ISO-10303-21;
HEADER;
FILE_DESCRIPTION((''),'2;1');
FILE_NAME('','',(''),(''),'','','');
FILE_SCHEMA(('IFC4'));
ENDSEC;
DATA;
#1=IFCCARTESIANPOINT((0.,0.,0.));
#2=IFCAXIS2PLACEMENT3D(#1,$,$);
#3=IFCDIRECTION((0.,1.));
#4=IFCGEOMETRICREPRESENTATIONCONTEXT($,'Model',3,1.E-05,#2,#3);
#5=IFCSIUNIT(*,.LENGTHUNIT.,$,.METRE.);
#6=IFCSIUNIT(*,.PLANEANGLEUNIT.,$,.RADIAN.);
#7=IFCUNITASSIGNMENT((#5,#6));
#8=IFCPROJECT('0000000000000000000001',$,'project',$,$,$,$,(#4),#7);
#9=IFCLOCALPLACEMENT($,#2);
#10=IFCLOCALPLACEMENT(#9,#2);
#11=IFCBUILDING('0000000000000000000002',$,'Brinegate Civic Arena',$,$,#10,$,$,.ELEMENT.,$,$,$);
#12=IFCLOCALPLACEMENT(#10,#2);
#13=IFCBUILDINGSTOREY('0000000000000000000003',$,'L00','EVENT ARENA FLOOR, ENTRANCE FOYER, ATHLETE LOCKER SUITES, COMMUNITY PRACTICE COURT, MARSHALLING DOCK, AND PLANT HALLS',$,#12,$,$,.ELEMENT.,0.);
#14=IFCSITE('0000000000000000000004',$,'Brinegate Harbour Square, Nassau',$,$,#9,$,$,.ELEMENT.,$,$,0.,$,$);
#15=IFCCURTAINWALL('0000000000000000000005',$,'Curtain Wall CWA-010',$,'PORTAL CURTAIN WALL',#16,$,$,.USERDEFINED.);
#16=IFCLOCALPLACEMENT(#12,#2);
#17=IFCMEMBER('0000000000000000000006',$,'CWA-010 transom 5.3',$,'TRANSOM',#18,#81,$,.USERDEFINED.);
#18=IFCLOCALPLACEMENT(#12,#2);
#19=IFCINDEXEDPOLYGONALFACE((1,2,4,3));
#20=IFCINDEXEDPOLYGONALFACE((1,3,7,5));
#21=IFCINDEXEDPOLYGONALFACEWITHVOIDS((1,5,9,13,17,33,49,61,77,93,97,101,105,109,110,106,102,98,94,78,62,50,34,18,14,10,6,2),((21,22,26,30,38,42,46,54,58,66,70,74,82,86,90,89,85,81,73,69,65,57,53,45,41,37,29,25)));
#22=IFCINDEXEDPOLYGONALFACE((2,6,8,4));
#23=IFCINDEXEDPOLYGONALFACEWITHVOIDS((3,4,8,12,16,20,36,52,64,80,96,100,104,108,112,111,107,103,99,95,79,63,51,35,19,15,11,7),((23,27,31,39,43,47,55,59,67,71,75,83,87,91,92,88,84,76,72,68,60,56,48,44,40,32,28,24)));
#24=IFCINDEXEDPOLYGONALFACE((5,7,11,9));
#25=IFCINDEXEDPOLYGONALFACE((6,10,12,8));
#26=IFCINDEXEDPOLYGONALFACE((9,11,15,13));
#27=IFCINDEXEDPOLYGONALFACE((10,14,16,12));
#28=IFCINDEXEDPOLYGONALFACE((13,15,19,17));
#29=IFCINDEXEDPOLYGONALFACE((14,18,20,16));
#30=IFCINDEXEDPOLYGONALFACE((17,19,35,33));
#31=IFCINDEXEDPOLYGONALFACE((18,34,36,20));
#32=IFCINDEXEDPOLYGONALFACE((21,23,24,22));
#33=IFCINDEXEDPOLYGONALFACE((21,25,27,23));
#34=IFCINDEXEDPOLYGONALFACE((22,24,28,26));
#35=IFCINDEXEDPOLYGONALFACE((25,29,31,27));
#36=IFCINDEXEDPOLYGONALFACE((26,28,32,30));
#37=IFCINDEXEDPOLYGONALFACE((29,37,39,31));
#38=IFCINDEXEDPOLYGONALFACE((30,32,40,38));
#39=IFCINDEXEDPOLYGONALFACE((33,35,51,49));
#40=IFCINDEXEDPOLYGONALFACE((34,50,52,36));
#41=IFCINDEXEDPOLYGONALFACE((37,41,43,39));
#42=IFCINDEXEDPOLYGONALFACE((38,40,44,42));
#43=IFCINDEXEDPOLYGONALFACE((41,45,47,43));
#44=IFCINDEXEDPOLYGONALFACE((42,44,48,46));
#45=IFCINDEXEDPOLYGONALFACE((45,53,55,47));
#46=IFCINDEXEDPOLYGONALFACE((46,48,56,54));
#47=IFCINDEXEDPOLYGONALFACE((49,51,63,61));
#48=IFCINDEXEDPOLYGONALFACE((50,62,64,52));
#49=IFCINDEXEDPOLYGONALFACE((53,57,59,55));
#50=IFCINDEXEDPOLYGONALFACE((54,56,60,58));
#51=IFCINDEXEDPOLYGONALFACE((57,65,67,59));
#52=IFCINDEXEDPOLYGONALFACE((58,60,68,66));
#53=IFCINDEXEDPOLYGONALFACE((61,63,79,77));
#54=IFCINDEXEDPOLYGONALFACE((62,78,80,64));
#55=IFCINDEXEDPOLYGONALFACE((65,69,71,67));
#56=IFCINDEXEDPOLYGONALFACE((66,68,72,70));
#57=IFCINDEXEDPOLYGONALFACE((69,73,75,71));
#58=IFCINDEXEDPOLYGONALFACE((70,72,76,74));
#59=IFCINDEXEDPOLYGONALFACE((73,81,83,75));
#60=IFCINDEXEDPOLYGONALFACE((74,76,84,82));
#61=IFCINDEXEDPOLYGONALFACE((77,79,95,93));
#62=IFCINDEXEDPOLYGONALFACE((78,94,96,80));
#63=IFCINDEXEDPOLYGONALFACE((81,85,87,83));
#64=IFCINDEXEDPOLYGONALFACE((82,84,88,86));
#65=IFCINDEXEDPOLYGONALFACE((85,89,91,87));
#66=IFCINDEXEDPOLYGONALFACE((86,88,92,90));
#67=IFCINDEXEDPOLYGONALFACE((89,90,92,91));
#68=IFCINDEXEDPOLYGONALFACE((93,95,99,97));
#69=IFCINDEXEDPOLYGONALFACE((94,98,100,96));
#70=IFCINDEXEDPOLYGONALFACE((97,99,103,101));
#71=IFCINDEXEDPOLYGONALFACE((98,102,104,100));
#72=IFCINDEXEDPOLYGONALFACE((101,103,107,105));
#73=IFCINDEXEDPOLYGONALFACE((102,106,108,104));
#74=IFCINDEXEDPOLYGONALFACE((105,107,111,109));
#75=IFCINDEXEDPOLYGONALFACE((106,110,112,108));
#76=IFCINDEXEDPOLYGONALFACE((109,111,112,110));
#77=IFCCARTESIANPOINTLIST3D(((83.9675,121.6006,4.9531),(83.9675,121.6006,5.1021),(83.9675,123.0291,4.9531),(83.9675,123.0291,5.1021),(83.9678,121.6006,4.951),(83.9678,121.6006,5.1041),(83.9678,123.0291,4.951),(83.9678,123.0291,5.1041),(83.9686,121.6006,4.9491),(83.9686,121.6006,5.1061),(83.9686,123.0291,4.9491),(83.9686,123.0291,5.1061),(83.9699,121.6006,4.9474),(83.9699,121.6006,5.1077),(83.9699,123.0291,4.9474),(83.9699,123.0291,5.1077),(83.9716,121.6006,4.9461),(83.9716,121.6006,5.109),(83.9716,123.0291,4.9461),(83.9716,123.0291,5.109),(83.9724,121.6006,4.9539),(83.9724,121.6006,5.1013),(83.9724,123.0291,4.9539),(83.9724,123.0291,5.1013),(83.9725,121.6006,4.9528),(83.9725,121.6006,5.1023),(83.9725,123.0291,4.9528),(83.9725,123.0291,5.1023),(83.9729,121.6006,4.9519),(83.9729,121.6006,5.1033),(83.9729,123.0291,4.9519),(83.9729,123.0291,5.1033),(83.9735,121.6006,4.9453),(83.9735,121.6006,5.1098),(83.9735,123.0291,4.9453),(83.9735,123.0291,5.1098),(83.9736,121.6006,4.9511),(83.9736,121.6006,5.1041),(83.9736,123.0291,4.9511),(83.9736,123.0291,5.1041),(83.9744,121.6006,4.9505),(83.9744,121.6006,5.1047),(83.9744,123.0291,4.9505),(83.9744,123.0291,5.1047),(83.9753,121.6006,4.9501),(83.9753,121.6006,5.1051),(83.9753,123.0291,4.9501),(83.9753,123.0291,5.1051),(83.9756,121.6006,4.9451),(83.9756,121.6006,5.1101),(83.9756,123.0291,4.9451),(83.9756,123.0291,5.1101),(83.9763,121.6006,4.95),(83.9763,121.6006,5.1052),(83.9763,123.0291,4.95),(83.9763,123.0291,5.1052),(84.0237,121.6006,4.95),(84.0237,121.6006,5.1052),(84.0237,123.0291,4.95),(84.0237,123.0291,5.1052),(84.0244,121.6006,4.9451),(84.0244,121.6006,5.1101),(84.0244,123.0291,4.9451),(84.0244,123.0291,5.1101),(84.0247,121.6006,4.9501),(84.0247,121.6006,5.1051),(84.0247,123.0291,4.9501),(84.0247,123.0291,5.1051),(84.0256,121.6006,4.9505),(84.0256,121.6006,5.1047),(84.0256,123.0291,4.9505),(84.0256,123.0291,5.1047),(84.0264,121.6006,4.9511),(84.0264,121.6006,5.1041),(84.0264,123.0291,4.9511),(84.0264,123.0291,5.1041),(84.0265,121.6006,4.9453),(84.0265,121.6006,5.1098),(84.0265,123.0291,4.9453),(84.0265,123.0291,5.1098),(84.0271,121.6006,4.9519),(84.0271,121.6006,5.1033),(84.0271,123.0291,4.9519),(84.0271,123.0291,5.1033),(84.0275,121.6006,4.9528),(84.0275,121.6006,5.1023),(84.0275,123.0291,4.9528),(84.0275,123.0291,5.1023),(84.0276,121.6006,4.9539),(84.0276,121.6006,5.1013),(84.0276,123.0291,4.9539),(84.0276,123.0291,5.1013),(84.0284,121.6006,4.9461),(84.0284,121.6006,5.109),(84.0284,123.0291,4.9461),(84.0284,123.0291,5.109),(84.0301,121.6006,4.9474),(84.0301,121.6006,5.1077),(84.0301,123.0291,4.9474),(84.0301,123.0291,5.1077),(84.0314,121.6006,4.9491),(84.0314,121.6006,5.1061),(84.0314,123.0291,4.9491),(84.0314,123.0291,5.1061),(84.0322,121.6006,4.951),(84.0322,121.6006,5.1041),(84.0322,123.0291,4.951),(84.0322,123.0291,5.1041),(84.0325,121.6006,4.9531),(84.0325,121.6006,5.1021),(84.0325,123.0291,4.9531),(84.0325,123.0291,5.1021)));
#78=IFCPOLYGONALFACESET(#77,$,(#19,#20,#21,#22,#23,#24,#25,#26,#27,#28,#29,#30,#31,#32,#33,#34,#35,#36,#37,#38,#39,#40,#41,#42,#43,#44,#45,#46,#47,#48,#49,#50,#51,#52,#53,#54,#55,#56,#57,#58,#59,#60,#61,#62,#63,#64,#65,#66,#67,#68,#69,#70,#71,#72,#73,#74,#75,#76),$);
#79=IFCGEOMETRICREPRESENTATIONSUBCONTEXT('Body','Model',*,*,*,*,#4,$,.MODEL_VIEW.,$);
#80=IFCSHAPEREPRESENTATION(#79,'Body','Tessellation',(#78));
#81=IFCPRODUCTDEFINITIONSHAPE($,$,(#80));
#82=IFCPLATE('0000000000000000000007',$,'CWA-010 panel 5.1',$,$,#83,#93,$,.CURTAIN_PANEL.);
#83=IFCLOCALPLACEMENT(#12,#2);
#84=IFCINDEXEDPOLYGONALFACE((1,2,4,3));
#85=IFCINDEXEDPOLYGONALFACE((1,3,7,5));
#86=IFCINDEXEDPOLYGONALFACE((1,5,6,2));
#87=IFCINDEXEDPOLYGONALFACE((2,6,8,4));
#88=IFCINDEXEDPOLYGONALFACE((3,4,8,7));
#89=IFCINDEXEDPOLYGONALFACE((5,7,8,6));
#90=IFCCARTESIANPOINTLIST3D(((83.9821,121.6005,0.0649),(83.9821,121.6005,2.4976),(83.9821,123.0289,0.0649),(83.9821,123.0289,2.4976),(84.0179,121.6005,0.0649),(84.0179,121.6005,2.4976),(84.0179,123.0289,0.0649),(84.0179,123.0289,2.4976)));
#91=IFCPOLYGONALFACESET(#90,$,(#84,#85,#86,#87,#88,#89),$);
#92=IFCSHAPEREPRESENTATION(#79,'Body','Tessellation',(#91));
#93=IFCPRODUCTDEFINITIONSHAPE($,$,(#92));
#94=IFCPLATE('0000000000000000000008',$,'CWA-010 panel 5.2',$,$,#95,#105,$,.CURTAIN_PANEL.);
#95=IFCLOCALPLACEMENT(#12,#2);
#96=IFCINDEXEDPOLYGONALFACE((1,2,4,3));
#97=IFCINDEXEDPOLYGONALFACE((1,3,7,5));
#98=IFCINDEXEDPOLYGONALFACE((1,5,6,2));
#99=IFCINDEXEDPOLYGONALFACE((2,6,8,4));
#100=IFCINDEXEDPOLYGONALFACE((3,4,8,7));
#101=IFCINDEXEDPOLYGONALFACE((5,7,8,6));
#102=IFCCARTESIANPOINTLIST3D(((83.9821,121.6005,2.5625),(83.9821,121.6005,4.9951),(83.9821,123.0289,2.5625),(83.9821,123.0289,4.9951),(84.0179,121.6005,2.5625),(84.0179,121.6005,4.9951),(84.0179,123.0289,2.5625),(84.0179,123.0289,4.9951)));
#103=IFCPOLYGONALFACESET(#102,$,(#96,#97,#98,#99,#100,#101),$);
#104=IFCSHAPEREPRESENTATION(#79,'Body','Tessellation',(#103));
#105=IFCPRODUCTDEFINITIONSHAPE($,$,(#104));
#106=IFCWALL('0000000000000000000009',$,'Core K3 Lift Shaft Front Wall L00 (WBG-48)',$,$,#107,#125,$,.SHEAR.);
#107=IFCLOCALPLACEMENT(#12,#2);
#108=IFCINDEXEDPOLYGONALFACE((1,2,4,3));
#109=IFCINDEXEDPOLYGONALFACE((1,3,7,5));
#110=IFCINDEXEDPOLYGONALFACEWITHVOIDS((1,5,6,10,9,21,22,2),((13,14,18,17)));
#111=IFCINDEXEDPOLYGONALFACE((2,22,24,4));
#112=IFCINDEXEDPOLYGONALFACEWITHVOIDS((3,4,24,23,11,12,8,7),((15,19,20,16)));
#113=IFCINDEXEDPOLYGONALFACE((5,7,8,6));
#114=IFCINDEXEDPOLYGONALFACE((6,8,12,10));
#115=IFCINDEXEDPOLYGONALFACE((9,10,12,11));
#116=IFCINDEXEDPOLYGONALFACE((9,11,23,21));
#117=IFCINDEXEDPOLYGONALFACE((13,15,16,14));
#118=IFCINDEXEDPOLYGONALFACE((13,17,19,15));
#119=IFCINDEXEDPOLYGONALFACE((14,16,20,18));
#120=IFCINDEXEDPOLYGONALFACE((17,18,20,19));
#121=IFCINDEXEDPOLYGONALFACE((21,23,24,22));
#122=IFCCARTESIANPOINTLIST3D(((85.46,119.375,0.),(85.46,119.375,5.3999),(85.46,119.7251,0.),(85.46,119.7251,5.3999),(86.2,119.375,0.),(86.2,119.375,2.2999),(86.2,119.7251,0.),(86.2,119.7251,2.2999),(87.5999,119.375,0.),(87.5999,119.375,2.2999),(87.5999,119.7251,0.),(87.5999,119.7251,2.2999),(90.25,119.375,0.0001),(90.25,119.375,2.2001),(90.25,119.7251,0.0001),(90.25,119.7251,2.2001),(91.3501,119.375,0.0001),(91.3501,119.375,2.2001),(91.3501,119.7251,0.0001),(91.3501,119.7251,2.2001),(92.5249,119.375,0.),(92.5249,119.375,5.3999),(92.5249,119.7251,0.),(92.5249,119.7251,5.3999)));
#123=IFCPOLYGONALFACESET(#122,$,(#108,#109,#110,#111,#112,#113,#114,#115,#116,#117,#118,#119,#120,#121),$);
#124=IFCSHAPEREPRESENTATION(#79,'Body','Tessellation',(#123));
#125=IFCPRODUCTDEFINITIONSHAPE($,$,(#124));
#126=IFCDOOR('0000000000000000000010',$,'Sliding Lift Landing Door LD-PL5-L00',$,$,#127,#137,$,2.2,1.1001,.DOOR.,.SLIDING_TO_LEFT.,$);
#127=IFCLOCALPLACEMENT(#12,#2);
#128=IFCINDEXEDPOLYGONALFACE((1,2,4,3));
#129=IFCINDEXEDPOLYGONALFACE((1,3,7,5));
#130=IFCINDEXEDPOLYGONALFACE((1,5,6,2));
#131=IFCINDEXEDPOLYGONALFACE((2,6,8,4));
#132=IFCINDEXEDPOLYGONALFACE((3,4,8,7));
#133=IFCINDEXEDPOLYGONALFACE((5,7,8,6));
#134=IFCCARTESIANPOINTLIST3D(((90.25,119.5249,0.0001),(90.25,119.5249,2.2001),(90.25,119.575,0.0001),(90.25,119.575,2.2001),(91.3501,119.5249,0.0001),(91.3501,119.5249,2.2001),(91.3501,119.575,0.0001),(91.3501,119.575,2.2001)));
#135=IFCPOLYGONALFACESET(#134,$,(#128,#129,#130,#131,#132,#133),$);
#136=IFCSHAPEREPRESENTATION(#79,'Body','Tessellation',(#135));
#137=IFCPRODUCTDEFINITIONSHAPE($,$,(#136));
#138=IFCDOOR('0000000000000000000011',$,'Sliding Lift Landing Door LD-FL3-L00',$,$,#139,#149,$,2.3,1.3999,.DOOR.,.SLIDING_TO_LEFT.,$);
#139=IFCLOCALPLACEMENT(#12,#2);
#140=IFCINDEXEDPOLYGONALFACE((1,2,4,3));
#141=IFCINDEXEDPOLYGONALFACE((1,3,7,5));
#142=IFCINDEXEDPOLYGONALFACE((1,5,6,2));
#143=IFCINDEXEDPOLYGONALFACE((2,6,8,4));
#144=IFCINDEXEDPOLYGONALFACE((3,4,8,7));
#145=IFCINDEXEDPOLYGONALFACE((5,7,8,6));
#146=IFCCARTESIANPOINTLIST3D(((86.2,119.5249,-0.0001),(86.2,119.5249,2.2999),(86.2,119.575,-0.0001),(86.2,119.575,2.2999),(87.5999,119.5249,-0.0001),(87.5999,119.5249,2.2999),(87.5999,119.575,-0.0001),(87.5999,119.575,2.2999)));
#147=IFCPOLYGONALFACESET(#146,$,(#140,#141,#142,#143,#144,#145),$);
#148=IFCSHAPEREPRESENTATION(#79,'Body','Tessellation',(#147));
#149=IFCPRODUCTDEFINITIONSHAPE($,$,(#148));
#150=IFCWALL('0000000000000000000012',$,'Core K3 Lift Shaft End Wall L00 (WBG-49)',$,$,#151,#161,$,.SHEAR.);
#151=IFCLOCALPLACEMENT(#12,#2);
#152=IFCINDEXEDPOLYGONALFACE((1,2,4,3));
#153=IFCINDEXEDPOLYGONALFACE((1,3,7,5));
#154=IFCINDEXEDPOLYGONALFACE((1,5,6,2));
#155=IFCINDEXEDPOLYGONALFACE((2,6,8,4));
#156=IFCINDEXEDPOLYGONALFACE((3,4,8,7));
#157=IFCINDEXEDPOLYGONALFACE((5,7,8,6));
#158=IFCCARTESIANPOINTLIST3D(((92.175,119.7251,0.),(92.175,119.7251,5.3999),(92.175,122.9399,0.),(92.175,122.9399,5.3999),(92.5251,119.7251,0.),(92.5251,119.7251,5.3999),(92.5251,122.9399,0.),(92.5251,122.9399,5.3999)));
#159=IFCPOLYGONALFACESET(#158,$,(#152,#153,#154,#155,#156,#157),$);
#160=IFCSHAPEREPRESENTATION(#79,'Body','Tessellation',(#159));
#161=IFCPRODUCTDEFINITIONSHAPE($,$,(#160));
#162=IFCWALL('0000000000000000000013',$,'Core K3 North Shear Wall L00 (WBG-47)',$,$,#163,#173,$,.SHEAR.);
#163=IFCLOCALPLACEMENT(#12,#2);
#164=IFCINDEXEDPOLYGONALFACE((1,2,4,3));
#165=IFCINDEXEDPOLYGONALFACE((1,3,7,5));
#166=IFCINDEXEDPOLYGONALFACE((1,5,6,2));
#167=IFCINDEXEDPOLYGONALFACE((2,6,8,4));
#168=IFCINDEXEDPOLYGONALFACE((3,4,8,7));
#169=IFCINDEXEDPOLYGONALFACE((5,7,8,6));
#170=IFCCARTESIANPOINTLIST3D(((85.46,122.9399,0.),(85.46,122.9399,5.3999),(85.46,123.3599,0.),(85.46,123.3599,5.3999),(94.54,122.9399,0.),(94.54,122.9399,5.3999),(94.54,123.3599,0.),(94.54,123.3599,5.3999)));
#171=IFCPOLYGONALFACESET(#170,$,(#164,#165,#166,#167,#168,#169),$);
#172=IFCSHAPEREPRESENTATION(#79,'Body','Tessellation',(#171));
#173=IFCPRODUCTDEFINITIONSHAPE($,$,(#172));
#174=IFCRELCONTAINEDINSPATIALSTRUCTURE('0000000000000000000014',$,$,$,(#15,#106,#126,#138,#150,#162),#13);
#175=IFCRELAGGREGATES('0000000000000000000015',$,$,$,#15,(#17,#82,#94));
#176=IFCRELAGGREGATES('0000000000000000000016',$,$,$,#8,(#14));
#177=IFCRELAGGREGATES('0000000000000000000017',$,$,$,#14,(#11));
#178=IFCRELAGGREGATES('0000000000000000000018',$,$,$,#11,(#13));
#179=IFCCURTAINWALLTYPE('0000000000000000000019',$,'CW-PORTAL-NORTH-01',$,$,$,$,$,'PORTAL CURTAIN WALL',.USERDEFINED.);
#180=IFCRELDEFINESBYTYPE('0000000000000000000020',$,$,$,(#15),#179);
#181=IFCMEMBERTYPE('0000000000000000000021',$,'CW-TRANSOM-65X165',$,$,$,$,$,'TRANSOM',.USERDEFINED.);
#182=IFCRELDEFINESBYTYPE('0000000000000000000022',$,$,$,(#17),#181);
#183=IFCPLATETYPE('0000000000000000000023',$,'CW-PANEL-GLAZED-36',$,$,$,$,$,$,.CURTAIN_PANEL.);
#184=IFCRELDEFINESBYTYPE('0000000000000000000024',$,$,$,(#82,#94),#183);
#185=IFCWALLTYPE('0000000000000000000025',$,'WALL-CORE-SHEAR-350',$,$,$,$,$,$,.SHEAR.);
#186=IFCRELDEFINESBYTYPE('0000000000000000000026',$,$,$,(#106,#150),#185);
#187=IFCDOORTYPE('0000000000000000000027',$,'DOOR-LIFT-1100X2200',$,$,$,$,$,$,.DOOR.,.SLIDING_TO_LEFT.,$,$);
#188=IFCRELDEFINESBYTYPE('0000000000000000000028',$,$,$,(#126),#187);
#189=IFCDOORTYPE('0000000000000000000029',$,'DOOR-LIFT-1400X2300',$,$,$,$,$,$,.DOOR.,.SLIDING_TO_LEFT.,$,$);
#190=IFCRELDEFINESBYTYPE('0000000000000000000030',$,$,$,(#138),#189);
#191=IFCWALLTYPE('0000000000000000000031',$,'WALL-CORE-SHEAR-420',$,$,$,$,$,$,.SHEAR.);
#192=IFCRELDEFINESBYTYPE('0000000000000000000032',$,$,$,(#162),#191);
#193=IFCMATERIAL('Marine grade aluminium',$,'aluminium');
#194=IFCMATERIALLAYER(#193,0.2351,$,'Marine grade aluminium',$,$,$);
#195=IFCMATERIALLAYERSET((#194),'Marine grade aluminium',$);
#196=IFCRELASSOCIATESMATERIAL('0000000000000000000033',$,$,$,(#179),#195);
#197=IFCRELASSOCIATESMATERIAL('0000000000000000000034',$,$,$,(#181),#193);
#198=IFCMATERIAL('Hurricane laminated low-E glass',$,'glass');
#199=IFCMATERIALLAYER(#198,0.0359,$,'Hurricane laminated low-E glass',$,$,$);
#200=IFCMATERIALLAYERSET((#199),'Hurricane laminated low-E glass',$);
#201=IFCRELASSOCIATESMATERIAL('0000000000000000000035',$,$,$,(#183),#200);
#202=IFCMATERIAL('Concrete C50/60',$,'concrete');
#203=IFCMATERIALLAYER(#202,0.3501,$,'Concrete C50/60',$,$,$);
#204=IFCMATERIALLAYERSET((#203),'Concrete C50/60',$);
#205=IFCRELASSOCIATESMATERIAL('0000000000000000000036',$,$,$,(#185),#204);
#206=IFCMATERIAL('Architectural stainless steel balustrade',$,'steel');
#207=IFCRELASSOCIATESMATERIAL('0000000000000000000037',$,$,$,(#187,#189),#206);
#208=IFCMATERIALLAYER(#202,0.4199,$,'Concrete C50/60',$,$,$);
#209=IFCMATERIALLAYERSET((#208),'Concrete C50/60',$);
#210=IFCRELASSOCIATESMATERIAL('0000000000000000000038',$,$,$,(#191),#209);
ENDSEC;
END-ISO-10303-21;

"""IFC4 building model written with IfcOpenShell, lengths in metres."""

from ifc_helpers import new_model, si_unit, direction, frame, frame_2d, origin, origin_2d, place, context, subcontext, project, spatial, rectangle, hollow_rectangle, extrude, material, layer, layer_set, material_profile, profile_set, type_object, element, fill, aggregate, save


model = new_model("IFC4")

# Units and contexts
model_context = context("Model", 3, precision=1e-05, world=origin(), true_north=direction((0.0, 1.0)))
body_context = subcontext(model_context, "Body", "Model", "MODEL_VIEW")
ifc_project = project(units=[si_unit("LENGTHUNIT", "METRE"), si_unit("PLANEANGLEUNIT", "RADIAN")], contexts=[model_context])

# Site, building, storey
site_placement = place(None, origin())
site = spatial("IfcSite", under=ifc_project, at=site_placement, Name="Brinegate Harbour Square, Nassau", CompositionType="ELEMENT", RefElevation=0.0)
building_placement = place(site_placement, origin())
building = spatial("IfcBuilding", under=site, at=building_placement, Name="Brinegate Civic Arena", CompositionType="ELEMENT")
storey_placement = place(building_placement, origin())
storey = spatial("IfcBuildingStorey", under=building, at=storey_placement, Name="L00", Description="EVENT ARENA FLOOR, ENTRANCE FOYER, ATHLETE LOCKER SUITES, COMMUNITY PRACTICE COURT, MARSHALLING DOCK, AND PLANT HALLS", CompositionType="ELEMENT", Elevation=0.0)

# Curtain wall, member, plates
ifc_material_1 = material(Name="Marine grade aluminium", Category="aluminium")
ifc_layer_1 = layer(ifc_material_1, 0.2351, Name="Marine grade aluminium")
ifc_layer_set_1 = layer_set([ifc_layer_1], Name="Marine grade aluminium")
curtain_wall_type = type_object("IfcCurtainWallType", Name="CW-PORTAL-NORTH-01", ElementType="PORTAL CURTAIN WALL", PredefinedType="USERDEFINED", material=ifc_layer_set_1)
curtain_wall_placement = place(storey_placement, origin())
curtain_wall = element("IfcCurtainWall", 1, at=curtain_wall_placement, inside=storey, type_object=curtain_wall_type, Name="Curtain Wall CWA-010", ObjectType="PORTAL CURTAIN WALL", PredefinedType="USERDEFINED")
ifc_material_profile_1 = material_profile(ifc_material_1, hollow_rectangle(XDim=0.0649, YDim=0.165, WallThickness=0.0049, InnerFilletRadius=0.0039, OuterFilletRadius=0.0081, at=origin_2d()), Name="TRN65X165")
ifc_profile_set_1 = profile_set([ifc_material_profile_1], Name="Marine grade aluminium")
member_type_1 = type_object("IfcMemberType", Name="CW-TRANSOM-65X165", ElementType="TRANSOM", PredefinedType="USERDEFINED", material=ifc_profile_set_1)
member_1_placement = place(storey_placement, frame((84.0, 121.6006, 5.0276), z_axis=(0.0, 1.0, 0.0), x_axis=(-1.0, 0.0, 0.0)))
member_1 = element("IfcMember", 2, at=member_1_placement, type_object=member_type_1, Name="CWA-010 transom 5.3", ObjectType="TRANSOM", PredefinedType="USERDEFINED", context=body_context, shape_type="SweptSolid", body=[
    extrude(hollow_rectangle(XDim=0.0649, YDim=0.165, WallThickness=0.0049, InnerFilletRadius=0.0039, OuterFilletRadius=0.0081, at=origin_2d()), origin(), (0.0, 0.0, 1.0), 1.4285),
])
ifc_material_2 = material(Name="Hurricane laminated low-E glass", Category="glass")
ifc_layer_2 = layer(ifc_material_2, 0.0359, Name="Hurricane laminated low-E glass")
ifc_layer_set_2 = layer_set([ifc_layer_2], Name="Hurricane laminated low-E glass")
plate_type = type_object("IfcPlateType", Name="CW-PANEL-GLAZED-36", PredefinedType="CURTAIN_PANEL", material=ifc_layer_set_2)
plate_1_placement = place(storey_placement, frame((84.0, 122.3147, 0.0649), z_axis=(0.0, 0.0, 1.0), x_axis=(0.0, 1.0, 0.0)))
plate_1 = element("IfcPlate", 3, at=plate_1_placement, type_object=plate_type, Name="CWA-010 panel 5.1", PredefinedType="CURTAIN_PANEL", context=body_context, shape_type="SweptSolid", body=[
    extrude(rectangle(XDim=1.4285, YDim=0.0359, at=origin_2d()), origin(), (0.0, 0.0, 1.0), 2.4326),
])
plate_2_placement = place(storey_placement, frame((84.0, 122.3147, 2.5625), z_axis=(0.0, 0.0, 1.0), x_axis=(0.0, 1.0, 0.0)))
plate_2 = element("IfcPlate", 4, at=plate_2_placement, type_object=plate_type, Name="CWA-010 panel 5.2", PredefinedType="CURTAIN_PANEL", context=body_context, shape_type="SweptSolid", body=[
    extrude(rectangle(XDim=1.4285, YDim=0.0359, at=origin_2d()), origin(), (0.0, 0.0, 1.0), 2.4326),
])
aggregate(curtain_wall, [member_1, plate_1, plate_2])

# Wall, openings, doors
ifc_material_3 = material(Name="Concrete C50/60", Category="concrete")
ifc_layer_3 = layer(ifc_material_3, 0.3501, Name="Concrete C50/60")
ifc_layer_set_3 = layer_set([ifc_layer_3], Name="Concrete C50/60")
wall_type_1 = type_object("IfcWallType", Name="WALL-CORE-SHEAR-350", PredefinedType="SHEAR", material=ifc_layer_set_3)
wall_1_placement = place(storey_placement, frame((85.46, 119.55, 0.0), z_axis=(0.0, 0.0, 1.0), x_axis=(1.0, 0.0, 0.0)))
wall_1 = element("IfcWall", 5, at=wall_1_placement, inside=storey, type_object=wall_type_1, Name="Core K3 Lift Shaft Front Wall L00 (WBG-48)", PredefinedType="SHEAR", context=body_context, shape_type="SweptSolid", body=[
    extrude(rectangle(XDim=7.0649, YDim=0.3501, at=frame_2d((3.5325, 0.0))), origin(), (0.0, 0.0, 1.0), 5.3999),
])
opening_1_placement = place(wall_1_placement, frame((0.74, 0.0, 0.0)))
opening_1 = element("IfcOpeningElement", 6, at=opening_1_placement, cuts=wall_1, PredefinedType="OPENING", context=body_context, shape_type="SweptSolid", body=[
    extrude(rectangle(XDim=1.3999, YDim=2.3, at=frame_2d((0.7, 1.1499))), frame((0.0, 0.1851, 0.0), z_axis=(0.0, -1.0, 0.0), x_axis=(1.0, 0.0, 0.0)), (0.0, 0.0, 1.0), 0.3701),
])
opening_2_placement = place(wall_1_placement, frame((4.79, 0.0, 0.0)))
opening_2 = element("IfcOpeningElement", 7, at=opening_2_placement, cuts=wall_1, PredefinedType="OPENING", context=body_context, shape_type="SweptSolid", body=[
    extrude(rectangle(XDim=1.1001, YDim=2.2, at=frame_2d((0.55, 1.1001))), frame((0.0, 0.1851, 0.0), z_axis=(0.0, -1.0, 0.0), x_axis=(1.0, 0.0, 0.0)), (0.0, 0.0, 1.0), 0.3701),
])
ifc_material_4 = material(Name="Architectural stainless steel balustrade", Category="steel")
door_type_1 = type_object("IfcDoorType", Name="DOOR-LIFT-1100X2200", OperationType="SLIDING_TO_LEFT", PredefinedType="DOOR", material=ifc_material_4)
door_1_placement = place(opening_2_placement, origin())
door_1 = element("IfcDoor", 8, at=door_1_placement, inside=storey, type_object=door_type_1, Name="Sliding Lift Landing Door LD-PL5-L00", OperationType="SLIDING_TO_LEFT", OverallHeight=2.2, OverallWidth=1.1001, PredefinedType="DOOR", context=body_context, shape_type="SweptSolid", body=[
    extrude(rectangle(XDim=1.1001, YDim=2.2, at=frame_2d((0.55, 1.1001))), frame((0.0, 0.0249, 0.0), z_axis=(0.0, -1.0, 0.0), x_axis=(1.0, 0.0, 0.0)), (0.0, 0.0, 1.0), 0.05),
])
fill(opening_2, door_1)
door_type_2 = type_object("IfcDoorType", Name="DOOR-LIFT-1400X2300", OperationType="SLIDING_TO_LEFT", PredefinedType="DOOR", material=ifc_material_4)
door_2_placement = place(opening_1_placement, origin())
door_2 = element("IfcDoor", 9, at=door_2_placement, inside=storey, type_object=door_type_2, Name="Sliding Lift Landing Door LD-FL3-L00", OperationType="SLIDING_TO_LEFT", OverallHeight=2.3, OverallWidth=1.3999, PredefinedType="DOOR", context=body_context, shape_type="SweptSolid", body=[
    extrude(rectangle(XDim=1.3999, YDim=2.3, at=frame_2d((0.7, 1.1499))), frame((0.0, 0.0249, 0.0), z_axis=(0.0, -1.0, 0.0), x_axis=(1.0, 0.0, 0.0)), (0.0, 0.0, 1.0), 0.05),
])
fill(opening_1, door_2)

# Walls
wall_2_placement = place(storey_placement, frame((92.3501, 119.7251, 0.0), z_axis=(0.0, 0.0, 1.0), x_axis=(0.0, 1.0, 0.0)))
element("IfcWall", 10, at=wall_2_placement, inside=storey, type_object=wall_type_1, Name="Core K3 Lift Shaft End Wall L00 (WBG-49)", PredefinedType="SHEAR", context=body_context, shape_type="SweptSolid", body=[
    extrude(rectangle(XDim=3.2148, YDim=0.3501, at=frame_2d((1.6074, 0.0))), origin(), (0.0, 0.0, 1.0), 5.3999),
])
ifc_layer_4 = layer(ifc_material_3, 0.4199, Name="Concrete C50/60")
ifc_layer_set_4 = layer_set([ifc_layer_4], Name="Concrete C50/60")
wall_type_2 = type_object("IfcWallType", Name="WALL-CORE-SHEAR-420", PredefinedType="SHEAR", material=ifc_layer_set_4)
wall_3_placement = place(storey_placement, frame((85.46, 123.1499, 0.0), z_axis=(0.0, 0.0, 1.0), x_axis=(1.0, 0.0, 0.0)))
element("IfcWall", 11, at=wall_3_placement, inside=storey, type_object=wall_type_2, Name="Core K3 North Shear Wall L00 (WBG-47)", PredefinedType="SHEAR", context=body_context, shape_type="SweptSolid", body=[
    extrude(rectangle(XDim=9.0801, YDim=0.4199, at=frame_2d((4.54, 0.0))), origin(), (0.0, 0.0, 1.0), 5.3999),
])

save(model, "model.ifc")
